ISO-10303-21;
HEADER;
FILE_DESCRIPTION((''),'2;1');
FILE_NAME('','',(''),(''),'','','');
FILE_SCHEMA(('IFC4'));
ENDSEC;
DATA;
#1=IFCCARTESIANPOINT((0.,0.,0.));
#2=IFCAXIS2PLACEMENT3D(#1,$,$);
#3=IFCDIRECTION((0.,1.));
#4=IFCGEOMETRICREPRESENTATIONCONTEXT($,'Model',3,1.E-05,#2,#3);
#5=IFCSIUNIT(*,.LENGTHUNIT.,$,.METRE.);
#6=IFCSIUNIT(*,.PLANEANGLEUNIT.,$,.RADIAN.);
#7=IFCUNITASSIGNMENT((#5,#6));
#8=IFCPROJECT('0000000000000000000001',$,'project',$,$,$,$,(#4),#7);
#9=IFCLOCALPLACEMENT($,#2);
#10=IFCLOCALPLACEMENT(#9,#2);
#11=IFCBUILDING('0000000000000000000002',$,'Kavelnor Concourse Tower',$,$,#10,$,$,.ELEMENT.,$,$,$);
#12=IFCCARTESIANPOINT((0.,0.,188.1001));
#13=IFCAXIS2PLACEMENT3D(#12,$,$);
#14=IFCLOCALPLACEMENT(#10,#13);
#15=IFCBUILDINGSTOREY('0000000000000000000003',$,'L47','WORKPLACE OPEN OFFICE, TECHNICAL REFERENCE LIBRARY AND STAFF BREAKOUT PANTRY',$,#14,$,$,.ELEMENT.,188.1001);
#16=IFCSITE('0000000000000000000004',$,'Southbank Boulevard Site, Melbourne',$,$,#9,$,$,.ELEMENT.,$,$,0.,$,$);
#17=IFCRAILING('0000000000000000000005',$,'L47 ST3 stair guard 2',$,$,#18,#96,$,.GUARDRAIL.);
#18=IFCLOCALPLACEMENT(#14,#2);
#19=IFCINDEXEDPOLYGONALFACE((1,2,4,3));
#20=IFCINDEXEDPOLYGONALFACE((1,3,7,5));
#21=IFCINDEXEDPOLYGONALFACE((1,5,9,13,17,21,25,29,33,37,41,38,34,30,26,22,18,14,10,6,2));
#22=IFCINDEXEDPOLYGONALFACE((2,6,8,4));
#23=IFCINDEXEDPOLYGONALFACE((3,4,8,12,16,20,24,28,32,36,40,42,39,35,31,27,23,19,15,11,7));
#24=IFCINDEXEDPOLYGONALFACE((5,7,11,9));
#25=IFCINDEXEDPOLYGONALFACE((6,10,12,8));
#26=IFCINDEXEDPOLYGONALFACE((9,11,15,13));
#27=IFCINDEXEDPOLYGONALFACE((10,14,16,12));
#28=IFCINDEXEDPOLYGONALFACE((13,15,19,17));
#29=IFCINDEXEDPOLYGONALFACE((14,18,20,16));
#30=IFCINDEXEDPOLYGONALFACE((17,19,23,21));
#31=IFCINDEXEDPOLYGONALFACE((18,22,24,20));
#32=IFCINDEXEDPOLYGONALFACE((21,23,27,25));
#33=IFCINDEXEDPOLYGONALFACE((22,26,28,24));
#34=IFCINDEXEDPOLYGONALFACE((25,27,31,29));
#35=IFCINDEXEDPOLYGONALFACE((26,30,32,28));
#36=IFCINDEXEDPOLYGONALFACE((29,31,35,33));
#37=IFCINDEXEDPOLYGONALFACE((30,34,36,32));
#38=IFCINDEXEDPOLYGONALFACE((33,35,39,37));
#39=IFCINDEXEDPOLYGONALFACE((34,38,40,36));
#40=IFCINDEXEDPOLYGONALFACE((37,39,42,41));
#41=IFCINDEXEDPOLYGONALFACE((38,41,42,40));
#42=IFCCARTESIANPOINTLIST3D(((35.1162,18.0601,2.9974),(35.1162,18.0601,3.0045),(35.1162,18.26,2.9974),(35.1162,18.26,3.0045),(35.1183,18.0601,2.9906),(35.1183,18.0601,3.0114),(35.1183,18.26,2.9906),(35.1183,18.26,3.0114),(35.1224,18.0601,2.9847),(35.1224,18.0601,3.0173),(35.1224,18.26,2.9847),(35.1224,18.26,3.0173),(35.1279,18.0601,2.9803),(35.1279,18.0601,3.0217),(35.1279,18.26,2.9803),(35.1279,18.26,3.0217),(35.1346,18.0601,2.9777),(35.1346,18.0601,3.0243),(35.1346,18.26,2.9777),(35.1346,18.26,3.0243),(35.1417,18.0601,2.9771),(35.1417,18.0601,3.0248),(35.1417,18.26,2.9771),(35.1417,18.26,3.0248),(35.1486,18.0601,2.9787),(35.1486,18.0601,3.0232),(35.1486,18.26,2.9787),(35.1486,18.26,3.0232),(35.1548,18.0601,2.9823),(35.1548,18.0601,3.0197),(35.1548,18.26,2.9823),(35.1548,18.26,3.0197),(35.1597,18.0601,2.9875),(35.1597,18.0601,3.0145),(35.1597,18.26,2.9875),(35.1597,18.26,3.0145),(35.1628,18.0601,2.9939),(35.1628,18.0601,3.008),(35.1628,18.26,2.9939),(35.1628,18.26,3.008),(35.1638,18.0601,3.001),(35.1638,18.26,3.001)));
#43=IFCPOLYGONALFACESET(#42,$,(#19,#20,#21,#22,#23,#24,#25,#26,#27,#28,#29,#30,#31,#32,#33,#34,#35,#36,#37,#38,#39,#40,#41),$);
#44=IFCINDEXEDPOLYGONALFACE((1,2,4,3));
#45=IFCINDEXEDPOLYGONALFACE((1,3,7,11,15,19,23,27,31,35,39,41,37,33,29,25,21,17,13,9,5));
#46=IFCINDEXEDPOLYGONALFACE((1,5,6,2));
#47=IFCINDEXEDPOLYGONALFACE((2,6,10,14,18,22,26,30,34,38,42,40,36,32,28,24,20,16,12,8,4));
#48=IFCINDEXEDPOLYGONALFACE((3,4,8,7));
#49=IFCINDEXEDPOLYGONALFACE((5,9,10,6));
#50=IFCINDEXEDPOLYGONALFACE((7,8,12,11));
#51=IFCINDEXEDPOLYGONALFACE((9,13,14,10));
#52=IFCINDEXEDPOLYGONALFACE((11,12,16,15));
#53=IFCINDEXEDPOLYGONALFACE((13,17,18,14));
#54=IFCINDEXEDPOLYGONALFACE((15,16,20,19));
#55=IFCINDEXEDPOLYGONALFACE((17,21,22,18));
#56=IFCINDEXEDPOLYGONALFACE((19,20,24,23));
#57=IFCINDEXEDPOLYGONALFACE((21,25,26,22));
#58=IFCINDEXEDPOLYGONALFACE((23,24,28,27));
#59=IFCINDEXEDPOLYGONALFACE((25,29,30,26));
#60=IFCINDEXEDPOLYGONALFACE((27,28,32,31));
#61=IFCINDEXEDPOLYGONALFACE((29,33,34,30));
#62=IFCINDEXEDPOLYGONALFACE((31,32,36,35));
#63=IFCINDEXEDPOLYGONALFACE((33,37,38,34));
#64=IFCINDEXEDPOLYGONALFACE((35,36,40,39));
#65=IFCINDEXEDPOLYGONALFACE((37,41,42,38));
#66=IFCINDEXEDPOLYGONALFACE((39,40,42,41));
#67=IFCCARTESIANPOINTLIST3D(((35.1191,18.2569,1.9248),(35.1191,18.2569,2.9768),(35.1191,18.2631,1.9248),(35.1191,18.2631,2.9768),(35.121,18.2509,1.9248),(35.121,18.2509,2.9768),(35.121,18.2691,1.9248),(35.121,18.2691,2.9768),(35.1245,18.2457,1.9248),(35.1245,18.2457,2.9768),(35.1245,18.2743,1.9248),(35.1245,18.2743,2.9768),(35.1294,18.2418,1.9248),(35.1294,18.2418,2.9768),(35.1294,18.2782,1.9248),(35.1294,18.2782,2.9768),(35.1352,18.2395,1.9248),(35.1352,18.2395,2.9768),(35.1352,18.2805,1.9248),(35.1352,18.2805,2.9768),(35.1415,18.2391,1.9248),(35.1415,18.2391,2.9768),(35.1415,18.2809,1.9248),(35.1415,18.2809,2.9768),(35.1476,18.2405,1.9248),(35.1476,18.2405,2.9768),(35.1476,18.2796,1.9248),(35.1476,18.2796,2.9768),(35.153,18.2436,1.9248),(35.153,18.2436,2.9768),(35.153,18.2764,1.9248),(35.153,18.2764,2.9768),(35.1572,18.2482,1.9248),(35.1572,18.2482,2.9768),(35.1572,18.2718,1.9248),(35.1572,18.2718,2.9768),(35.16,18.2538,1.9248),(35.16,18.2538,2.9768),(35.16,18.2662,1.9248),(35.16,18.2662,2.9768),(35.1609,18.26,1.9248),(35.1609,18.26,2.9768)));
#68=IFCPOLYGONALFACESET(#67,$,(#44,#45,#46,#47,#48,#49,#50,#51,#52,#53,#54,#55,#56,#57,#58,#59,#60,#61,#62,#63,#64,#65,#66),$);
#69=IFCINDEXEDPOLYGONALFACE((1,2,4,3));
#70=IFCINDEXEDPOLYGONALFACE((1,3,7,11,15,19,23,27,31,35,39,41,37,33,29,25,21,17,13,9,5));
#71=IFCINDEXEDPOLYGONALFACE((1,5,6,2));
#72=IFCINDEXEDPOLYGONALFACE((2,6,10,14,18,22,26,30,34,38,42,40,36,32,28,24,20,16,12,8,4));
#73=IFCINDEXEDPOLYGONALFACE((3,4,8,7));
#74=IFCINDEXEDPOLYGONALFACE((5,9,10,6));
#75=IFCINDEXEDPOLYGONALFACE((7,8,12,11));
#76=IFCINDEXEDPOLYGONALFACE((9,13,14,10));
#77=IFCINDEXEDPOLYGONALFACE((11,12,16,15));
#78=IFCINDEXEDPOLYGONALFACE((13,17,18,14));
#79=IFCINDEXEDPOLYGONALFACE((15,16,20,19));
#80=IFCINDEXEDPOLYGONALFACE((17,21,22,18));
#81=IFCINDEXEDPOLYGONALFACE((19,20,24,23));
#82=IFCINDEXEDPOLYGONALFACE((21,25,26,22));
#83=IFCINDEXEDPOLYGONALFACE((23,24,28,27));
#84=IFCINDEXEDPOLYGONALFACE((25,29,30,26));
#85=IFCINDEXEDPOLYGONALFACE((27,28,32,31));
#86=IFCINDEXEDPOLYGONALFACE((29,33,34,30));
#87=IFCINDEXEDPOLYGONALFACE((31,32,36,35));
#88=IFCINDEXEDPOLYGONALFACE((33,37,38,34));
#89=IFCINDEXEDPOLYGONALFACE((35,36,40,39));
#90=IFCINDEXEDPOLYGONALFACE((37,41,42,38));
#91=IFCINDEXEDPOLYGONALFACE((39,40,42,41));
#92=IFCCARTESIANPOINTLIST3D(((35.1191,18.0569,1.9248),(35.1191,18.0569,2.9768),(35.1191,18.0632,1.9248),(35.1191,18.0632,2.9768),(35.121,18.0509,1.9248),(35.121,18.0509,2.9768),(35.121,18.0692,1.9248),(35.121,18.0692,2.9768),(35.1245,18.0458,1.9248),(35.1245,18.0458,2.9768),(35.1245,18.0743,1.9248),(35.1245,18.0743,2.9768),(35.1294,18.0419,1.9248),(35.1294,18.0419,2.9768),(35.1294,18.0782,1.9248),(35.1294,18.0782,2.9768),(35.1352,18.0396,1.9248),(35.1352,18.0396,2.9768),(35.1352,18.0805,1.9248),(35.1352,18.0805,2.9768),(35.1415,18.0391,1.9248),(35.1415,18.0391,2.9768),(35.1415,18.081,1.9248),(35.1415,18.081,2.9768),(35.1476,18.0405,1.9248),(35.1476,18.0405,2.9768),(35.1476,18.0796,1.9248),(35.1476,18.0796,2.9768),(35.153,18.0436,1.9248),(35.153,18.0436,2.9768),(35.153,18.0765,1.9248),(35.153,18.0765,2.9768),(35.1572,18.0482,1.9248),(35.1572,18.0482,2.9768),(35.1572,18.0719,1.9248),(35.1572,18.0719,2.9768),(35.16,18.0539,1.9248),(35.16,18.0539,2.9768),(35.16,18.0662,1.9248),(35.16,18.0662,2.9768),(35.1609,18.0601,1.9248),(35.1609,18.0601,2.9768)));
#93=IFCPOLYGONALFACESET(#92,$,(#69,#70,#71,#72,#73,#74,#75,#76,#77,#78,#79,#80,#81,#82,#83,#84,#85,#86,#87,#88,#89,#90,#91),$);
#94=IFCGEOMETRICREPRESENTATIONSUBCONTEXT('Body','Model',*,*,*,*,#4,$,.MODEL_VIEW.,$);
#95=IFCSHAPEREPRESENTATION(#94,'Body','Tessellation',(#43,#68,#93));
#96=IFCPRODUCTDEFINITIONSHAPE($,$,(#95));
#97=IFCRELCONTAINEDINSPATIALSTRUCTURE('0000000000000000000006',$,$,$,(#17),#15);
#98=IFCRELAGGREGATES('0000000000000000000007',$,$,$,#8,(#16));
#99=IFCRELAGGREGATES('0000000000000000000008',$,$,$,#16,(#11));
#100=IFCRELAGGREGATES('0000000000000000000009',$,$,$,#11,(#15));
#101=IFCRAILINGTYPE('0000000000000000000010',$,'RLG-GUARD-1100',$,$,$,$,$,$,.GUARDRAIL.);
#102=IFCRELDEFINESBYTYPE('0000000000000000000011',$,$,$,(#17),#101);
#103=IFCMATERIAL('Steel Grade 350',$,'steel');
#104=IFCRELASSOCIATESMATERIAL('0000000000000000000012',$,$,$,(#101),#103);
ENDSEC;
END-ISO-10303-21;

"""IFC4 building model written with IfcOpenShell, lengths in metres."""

from ifc_helpers import new_model, si_unit, direction, frame, origin, origin_2d, place, context, subcontext, project, spatial, circle, extrude, material, type_object, element, save


model = new_model("IFC4")

# Units and contexts
model_context = context("Model", 3, precision=1e-05, world=origin(), true_north=direction((0.0, 1.0)))
body_context = subcontext(model_context, "Body", "Model", "MODEL_VIEW")
ifc_project = project(units=[si_unit("LENGTHUNIT", "METRE"), si_unit("PLANEANGLEUNIT", "RADIAN")], contexts=[model_context])

# Site, building, storey
site_placement = place(None, origin())
site = spatial("IfcSite", under=ifc_project, at=site_placement, Name="Southbank Boulevard Site, Melbourne", CompositionType="ELEMENT", RefElevation=0.0)
building_placement = place(site_placement, origin())
building = spatial("IfcBuilding", under=site, at=building_placement, Name="Kavelnor Concourse Tower", CompositionType="ELEMENT")
storey_placement = place(building_placement, frame((0.0, 0.0, 188.1001)))
storey = spatial("IfcBuildingStorey", under=building, at=storey_placement, Name="L47", Description="WORKPLACE OPEN OFFICE, TECHNICAL REFERENCE LIBRARY AND STAFF BREAKOUT PANTRY", CompositionType="ELEMENT", Elevation=188.1001)

# Shared definitions
ifc_material_1 = material(Name="Steel Grade 350", Category="steel")

# Railing
railing_type_1 = type_object("IfcRailingType", Name="RLG-GUARD-1100", PredefinedType="GUARDRAIL", material=ifc_material_1)
railing_1_placement = place(storey_placement, frame((35.1399, 18.26, 1.9248)))
element("IfcRailing", 1, at=railing_1_placement, inside=storey, type_object=railing_type_1, Name="L47 ST3 stair guard 2", PredefinedType="GUARDRAIL", context=body_context, shape_type="SweptSolid", body=[
    extrude(circle(Radius=0.0239, at=origin_2d()), frame((0.0, 0.0, 1.0762), z_axis=(0.0, -1.0, 0.0), x_axis=(1.0, 0.0, 0.0)), (0.0, 0.0, 1.0), 0.2),
    extrude(circle(Radius=0.021, at=origin_2d()), origin(), (0.0, 0.0, 1.0), 1.052),
    extrude(circle(Radius=0.021, at=origin_2d()), frame((0.0, -0.2, 0.0)), (0.0, 0.0, 1.0), 1.052),
])

save(model, "model.ifc")
